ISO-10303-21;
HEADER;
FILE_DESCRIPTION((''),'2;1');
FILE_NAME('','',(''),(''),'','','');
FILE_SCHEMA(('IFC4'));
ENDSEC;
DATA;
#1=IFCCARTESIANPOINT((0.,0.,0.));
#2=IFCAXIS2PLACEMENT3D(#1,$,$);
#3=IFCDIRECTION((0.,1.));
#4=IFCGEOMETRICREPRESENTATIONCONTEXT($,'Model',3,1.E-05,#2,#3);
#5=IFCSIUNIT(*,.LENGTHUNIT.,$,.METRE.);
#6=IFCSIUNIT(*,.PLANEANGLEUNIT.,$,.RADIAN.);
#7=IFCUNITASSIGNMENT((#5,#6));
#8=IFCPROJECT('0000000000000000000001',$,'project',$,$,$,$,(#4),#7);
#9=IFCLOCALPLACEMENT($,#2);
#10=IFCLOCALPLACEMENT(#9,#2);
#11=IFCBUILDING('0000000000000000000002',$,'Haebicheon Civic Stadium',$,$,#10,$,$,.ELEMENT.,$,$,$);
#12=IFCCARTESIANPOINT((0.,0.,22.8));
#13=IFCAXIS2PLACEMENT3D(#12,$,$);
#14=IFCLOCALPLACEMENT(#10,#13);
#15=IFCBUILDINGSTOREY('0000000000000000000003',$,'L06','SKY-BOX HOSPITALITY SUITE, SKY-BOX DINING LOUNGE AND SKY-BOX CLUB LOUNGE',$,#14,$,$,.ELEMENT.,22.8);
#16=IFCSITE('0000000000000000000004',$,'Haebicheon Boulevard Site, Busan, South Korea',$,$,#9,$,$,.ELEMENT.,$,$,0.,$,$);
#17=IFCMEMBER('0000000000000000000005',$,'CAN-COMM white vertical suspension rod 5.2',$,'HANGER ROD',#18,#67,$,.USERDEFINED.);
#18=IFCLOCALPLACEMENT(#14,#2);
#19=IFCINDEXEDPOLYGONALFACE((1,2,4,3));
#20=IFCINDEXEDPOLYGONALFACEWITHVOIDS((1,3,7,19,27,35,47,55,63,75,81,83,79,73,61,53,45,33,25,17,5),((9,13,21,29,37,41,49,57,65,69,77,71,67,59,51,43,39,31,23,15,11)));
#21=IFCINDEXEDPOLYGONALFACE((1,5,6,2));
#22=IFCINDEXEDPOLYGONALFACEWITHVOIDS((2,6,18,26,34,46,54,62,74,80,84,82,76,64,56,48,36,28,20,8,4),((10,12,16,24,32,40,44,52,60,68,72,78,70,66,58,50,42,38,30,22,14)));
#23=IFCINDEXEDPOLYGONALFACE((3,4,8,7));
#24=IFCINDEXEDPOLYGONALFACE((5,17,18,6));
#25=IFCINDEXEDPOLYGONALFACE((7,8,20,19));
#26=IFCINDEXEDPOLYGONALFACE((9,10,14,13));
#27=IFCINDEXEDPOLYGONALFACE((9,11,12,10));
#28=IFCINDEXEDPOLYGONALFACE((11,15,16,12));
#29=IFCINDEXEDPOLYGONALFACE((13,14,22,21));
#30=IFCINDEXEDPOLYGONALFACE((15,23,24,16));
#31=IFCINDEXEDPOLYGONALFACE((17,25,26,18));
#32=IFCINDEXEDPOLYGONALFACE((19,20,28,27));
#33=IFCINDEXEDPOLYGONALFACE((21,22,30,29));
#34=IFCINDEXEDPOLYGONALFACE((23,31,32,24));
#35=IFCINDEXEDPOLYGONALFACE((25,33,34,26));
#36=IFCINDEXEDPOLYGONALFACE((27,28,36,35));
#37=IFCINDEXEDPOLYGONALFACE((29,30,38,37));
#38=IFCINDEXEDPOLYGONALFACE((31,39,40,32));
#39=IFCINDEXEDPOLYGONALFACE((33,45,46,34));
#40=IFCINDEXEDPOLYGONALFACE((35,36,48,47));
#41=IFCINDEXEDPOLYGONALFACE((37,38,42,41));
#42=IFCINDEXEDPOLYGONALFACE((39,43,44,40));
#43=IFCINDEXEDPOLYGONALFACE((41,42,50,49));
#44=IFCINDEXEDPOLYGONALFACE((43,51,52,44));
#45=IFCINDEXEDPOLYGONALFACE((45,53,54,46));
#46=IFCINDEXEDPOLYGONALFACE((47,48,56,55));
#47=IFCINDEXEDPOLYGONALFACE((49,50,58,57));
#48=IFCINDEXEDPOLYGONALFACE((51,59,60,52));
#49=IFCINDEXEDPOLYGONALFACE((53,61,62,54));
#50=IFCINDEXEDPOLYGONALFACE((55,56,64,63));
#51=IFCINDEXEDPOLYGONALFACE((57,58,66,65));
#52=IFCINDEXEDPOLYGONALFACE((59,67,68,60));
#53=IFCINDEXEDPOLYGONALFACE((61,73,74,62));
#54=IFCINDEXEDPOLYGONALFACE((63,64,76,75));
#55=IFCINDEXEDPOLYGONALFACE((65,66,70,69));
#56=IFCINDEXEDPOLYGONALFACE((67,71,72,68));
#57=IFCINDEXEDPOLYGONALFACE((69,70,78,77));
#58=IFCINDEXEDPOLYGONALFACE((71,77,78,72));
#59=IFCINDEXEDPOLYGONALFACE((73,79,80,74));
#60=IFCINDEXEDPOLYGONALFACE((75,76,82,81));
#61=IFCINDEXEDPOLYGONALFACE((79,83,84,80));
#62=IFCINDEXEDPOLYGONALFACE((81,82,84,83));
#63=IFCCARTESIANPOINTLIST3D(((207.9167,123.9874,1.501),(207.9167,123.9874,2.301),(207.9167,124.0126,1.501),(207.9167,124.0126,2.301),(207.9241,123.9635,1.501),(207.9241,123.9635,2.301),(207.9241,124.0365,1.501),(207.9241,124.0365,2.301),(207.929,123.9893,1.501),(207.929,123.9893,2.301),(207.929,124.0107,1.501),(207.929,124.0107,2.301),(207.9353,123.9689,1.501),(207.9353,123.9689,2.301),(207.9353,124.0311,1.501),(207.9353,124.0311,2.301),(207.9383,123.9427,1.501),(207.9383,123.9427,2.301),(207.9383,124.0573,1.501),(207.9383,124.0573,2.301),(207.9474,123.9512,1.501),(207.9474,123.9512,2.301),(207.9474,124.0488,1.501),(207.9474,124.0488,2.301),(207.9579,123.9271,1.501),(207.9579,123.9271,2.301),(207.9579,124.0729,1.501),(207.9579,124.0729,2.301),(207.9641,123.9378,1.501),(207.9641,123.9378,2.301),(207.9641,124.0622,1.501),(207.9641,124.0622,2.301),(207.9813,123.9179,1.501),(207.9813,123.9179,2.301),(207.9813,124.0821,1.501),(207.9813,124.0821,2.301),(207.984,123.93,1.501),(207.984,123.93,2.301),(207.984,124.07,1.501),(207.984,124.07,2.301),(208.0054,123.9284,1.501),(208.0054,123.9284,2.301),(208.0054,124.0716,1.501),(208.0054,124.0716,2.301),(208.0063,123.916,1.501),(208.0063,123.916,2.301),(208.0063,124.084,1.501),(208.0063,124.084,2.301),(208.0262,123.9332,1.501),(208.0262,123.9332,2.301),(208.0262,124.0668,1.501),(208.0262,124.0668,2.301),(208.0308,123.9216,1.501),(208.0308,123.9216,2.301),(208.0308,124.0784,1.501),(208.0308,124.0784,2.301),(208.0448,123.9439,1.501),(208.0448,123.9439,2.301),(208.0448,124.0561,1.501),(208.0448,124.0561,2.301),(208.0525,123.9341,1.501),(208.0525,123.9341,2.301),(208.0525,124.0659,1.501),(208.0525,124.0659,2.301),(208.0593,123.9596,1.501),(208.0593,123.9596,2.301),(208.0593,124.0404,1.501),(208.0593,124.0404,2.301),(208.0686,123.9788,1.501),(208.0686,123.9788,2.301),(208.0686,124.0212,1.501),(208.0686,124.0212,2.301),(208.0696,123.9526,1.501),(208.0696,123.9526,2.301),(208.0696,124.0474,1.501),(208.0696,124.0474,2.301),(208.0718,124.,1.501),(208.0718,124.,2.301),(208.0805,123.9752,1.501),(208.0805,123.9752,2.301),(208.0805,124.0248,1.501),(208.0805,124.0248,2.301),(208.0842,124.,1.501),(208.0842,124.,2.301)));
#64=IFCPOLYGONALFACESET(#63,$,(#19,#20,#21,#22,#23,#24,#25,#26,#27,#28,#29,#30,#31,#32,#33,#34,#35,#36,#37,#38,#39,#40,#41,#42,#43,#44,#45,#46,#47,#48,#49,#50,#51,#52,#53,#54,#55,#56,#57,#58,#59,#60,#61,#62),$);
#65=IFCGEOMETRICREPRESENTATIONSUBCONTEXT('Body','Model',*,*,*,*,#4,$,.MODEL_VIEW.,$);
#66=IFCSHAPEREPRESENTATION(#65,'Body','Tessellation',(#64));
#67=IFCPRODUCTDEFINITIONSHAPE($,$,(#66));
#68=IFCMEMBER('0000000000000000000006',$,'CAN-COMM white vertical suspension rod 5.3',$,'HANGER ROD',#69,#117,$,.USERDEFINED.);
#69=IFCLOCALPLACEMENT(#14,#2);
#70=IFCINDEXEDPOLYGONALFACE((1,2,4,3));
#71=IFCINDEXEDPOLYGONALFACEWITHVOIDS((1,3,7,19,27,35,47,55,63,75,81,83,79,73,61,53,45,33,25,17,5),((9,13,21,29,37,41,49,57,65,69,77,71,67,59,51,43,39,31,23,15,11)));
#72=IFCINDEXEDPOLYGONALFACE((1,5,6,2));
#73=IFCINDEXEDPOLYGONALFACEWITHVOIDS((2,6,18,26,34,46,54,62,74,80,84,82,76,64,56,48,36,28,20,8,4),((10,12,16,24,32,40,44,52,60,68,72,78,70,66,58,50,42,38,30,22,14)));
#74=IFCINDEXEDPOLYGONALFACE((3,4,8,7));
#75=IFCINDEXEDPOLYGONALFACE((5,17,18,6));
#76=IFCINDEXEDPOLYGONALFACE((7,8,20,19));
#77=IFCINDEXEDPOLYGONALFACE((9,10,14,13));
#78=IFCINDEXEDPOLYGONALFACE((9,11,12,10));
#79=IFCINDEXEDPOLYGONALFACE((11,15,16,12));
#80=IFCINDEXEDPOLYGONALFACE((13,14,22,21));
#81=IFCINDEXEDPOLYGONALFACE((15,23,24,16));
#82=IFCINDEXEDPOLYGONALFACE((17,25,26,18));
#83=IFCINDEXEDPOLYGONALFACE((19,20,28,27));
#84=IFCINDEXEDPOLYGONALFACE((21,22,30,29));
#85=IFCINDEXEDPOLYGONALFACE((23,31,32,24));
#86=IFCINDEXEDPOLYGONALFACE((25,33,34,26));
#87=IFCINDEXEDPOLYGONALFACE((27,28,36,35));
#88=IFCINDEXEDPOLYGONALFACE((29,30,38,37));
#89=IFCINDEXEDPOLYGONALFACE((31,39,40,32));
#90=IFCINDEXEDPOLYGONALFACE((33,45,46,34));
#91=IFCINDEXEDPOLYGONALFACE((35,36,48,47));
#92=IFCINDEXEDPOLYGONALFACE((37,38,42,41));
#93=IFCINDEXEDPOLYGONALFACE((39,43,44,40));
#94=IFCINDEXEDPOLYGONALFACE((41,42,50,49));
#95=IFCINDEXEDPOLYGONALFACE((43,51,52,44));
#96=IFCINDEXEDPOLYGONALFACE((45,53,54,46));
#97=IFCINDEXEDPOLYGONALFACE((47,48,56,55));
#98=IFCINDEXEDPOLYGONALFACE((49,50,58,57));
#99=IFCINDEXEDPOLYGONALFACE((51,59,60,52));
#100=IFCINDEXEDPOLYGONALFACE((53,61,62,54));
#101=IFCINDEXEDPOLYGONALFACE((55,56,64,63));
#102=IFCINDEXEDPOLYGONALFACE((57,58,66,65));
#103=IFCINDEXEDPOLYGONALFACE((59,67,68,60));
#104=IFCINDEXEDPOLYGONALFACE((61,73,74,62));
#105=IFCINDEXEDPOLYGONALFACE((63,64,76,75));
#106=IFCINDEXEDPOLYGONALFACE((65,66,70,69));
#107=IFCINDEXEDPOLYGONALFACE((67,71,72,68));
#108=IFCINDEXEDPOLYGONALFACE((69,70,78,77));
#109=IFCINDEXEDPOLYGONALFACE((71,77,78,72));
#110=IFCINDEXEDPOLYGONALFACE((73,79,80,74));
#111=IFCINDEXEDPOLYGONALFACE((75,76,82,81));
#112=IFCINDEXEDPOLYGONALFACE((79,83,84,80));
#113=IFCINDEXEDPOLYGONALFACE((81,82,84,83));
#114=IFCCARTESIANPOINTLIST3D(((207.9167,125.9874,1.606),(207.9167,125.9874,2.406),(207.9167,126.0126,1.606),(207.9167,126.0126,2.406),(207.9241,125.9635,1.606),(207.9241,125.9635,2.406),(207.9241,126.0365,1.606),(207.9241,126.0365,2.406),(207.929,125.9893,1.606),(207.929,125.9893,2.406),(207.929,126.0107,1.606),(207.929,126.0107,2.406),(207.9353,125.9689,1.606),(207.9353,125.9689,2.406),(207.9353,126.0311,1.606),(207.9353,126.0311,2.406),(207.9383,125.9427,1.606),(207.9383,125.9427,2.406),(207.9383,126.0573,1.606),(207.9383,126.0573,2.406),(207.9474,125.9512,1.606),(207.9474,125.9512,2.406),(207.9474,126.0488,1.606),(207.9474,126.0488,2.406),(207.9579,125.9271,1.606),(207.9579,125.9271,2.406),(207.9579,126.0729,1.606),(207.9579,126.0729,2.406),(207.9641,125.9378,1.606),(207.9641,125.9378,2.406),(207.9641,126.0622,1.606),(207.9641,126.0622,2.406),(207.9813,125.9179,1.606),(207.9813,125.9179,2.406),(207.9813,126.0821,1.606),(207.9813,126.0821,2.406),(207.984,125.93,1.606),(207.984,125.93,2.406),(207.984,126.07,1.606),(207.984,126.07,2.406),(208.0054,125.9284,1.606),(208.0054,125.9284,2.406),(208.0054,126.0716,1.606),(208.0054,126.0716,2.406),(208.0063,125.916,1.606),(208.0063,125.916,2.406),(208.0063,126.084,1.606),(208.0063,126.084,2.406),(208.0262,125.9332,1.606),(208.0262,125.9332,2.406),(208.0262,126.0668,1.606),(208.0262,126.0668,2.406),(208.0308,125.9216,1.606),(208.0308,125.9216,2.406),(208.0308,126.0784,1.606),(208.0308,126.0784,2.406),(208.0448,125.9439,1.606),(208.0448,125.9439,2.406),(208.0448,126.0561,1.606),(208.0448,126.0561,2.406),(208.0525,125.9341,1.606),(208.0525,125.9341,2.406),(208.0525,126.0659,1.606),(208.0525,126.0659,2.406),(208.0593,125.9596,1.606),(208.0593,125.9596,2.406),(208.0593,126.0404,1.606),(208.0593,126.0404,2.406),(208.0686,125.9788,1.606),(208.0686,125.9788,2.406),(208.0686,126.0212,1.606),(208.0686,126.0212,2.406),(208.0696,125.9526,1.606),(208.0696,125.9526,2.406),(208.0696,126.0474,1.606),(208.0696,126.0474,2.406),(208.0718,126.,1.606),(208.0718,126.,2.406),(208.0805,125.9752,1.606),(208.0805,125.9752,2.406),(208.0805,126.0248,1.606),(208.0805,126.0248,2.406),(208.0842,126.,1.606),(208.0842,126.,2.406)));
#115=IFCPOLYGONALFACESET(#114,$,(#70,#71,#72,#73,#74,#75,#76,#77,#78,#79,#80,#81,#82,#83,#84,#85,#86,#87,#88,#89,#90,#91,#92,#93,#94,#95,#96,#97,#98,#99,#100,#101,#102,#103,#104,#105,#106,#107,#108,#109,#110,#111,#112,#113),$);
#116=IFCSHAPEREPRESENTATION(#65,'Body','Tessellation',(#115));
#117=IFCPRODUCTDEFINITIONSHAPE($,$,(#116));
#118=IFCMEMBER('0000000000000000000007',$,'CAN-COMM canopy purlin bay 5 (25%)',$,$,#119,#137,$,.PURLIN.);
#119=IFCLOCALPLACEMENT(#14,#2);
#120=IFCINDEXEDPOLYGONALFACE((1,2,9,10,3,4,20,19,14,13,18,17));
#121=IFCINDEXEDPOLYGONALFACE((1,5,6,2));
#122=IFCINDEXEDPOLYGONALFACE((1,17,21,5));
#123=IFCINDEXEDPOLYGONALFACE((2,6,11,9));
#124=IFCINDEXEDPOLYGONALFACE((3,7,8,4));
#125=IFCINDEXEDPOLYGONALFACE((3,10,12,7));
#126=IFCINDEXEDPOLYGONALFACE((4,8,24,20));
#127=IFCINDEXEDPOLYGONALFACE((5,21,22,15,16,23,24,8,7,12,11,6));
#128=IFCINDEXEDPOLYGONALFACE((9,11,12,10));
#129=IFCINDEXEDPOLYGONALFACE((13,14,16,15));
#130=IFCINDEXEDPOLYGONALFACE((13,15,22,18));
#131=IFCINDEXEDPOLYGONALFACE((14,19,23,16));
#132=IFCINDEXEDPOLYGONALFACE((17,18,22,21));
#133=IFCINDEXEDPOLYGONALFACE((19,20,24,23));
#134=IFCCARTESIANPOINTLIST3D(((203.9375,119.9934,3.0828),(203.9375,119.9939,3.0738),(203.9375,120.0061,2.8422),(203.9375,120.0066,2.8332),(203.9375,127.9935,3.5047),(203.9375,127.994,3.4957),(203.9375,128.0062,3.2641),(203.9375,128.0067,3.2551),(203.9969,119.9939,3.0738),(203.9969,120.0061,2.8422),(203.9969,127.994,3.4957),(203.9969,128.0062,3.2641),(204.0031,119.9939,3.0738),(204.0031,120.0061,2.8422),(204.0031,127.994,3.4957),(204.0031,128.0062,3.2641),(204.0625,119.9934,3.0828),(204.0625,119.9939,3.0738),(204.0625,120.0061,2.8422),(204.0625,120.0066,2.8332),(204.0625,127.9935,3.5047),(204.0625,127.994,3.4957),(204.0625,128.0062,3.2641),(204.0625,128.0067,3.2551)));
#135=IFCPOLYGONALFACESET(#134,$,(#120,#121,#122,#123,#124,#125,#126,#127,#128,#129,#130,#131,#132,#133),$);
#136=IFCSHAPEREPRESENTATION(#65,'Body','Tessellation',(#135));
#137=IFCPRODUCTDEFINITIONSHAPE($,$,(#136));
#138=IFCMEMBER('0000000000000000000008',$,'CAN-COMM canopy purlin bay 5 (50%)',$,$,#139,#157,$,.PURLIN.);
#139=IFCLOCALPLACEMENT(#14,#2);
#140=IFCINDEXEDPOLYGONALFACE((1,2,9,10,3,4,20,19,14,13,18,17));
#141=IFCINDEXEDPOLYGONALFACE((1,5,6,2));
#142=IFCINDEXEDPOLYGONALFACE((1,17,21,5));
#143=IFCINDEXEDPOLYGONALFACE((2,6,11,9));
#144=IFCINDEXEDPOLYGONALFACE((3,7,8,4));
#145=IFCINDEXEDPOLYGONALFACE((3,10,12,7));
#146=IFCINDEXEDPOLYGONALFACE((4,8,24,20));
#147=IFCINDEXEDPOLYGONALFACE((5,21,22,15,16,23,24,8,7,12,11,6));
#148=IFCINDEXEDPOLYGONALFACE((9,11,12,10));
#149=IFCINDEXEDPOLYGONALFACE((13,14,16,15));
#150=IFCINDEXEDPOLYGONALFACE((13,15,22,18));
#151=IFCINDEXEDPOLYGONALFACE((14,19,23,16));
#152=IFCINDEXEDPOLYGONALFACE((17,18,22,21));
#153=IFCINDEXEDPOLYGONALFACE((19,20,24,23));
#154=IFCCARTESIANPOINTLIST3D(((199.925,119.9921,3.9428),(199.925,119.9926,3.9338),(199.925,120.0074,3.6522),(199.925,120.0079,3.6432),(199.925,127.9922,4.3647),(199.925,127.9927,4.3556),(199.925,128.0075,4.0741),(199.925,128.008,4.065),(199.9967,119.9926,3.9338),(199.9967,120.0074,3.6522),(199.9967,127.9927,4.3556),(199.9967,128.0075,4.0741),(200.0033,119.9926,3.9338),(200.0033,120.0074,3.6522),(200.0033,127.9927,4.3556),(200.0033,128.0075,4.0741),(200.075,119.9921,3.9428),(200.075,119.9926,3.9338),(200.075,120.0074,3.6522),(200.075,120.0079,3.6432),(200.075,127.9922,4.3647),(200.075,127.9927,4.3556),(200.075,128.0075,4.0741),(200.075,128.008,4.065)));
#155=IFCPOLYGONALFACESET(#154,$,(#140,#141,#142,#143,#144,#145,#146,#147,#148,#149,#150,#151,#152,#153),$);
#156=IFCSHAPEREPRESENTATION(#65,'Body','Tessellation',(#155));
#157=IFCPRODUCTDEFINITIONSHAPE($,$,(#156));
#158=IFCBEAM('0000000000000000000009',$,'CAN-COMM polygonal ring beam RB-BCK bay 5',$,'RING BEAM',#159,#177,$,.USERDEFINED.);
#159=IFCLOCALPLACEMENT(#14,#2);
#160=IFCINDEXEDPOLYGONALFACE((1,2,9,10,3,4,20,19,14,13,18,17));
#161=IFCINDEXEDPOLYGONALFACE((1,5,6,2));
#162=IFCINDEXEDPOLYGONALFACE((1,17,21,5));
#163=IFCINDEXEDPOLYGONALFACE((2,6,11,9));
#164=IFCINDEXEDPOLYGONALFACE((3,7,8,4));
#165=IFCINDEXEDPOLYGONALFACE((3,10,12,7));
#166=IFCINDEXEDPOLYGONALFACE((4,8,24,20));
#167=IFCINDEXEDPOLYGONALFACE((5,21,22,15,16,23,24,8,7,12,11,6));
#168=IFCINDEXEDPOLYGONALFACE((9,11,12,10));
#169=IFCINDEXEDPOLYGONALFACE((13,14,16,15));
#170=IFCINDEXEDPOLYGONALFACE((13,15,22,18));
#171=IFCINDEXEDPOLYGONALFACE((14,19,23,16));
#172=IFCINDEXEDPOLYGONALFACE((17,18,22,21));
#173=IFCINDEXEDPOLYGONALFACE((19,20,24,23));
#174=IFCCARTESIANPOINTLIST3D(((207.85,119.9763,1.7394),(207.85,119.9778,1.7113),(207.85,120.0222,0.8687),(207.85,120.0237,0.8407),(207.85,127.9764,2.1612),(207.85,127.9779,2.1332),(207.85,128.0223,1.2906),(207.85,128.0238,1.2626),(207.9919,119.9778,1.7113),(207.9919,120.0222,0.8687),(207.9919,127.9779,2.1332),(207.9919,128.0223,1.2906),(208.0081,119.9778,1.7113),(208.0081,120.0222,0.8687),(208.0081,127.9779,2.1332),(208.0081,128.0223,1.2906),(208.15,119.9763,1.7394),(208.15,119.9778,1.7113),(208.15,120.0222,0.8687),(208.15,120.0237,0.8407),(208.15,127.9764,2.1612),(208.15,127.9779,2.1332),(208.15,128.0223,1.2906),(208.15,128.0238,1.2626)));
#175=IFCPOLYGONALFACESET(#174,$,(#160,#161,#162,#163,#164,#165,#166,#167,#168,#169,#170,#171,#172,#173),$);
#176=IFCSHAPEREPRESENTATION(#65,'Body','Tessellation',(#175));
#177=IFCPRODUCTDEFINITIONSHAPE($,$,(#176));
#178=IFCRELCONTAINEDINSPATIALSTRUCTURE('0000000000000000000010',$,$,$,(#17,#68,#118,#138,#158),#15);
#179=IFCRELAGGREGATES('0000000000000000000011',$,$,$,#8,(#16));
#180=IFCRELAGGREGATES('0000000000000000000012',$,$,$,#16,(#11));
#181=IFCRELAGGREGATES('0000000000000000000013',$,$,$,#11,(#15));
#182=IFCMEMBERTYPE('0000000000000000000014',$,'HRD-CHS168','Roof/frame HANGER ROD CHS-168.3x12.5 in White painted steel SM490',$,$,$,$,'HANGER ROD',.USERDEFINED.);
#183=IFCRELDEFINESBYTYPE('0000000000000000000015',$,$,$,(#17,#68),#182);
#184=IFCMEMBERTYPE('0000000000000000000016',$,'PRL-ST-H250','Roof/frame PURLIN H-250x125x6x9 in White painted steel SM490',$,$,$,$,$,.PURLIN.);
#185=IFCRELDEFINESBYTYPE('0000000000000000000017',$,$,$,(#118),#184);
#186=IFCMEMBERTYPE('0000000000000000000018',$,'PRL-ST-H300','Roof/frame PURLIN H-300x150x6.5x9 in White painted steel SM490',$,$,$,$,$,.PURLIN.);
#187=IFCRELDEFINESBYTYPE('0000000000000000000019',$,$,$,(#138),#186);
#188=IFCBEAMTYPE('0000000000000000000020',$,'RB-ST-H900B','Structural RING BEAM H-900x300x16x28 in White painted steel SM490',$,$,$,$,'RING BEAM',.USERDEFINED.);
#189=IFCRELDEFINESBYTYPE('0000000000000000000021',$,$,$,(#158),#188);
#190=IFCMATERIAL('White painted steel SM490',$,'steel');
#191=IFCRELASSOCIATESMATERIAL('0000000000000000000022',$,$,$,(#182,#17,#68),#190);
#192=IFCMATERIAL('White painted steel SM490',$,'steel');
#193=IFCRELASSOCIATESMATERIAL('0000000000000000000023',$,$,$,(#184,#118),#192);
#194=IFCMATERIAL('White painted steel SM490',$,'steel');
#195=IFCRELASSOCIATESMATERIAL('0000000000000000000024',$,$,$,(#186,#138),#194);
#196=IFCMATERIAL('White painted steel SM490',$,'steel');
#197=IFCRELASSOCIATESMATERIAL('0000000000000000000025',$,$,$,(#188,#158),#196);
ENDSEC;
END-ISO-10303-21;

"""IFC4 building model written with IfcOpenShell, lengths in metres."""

from ifc_helpers import new_model, si_unit, direction, frame, origin, origin_2d, place, context, subcontext, project, spatial, hollow_circle, i_section, extrude, material, material_profile, profile_set, type_object, element, save


model = new_model("IFC4")

# Units and contexts
model_context = context("Model", 3, precision=1e-05, world=origin(), true_north=direction((0.0, 1.0)))
body_context = subcontext(model_context, "Body", "Model", "MODEL_VIEW")
ifc_project = project(units=[si_unit("LENGTHUNIT", "METRE"), si_unit("PLANEANGLEUNIT", "RADIAN")], contexts=[model_context])

# Site, building, storey
site_placement = place(None, origin())
site = spatial("IfcSite", under=ifc_project, at=site_placement, Name="Haebicheon Boulevard Site, Busan, South Korea", CompositionType="ELEMENT", RefElevation=0.0)
building_placement = place(site_placement, origin())
building = spatial("IfcBuilding", under=site, at=building_placement, Name="Haebicheon Civic Stadium", CompositionType="ELEMENT")
storey_placement = place(building_placement, frame((0.0, 0.0, 22.8)))
storey = spatial("IfcBuildingStorey", under=building, at=storey_placement, Name="L06", Description="SKY-BOX HOSPITALITY SUITE, SKY-BOX DINING LOUNGE AND SKY-BOX CLUB LOUNGE", CompositionType="ELEMENT", Elevation=22.8)

# Members
ifc_material_1 = material(Name="White painted steel SM490", Category="steel")
ifc_material_profile_1 = material_profile(ifc_material_1, hollow_circle(Radius=0.0842, WallThickness=0.0125, at=origin_2d()), Name="CHS-168.3x12.5")
ifc_profile_set_1 = profile_set([ifc_material_profile_1], Name="White painted steel SM490")
member_type_1 = type_object("IfcMemberType", Name="HRD-CHS168", Description="Roof/frame HANGER ROD CHS-168.3x12.5 in White painted steel SM490", ElementType="HANGER ROD", PredefinedType="USERDEFINED", material=ifc_profile_set_1)
for number, where, z_axis, x_axis, name in (
    (1, (208.0, 124.0, 1.501), (0.0, 0.0, 1.0), (1.0, 0.0, 0.0), "CAN-COMM white vertical suspension rod 5.2"),
    (2, (208.0, 126.0, 1.606), (0.0, 0.0, 1.0), (1.0, 0.0, 0.0), "CAN-COMM white vertical suspension rod 5.3"),
):
    element("IfcMember", number, at=place(storey_placement, frame(where, z_axis=z_axis, x_axis=x_axis)), inside=storey, type_object=member_type_1, material=ifc_profile_set_1, Name=name, ObjectType="HANGER ROD", PredefinedType="USERDEFINED", context=body_context, shape_type="SweptSolid", body=[
        extrude(hollow_circle(Radius=0.0842, WallThickness=0.0125, at=origin_2d()), origin(), (0.0, 0.0, 1.0), 0.8),
    ])
ifc_material_2 = material(Name="White painted steel SM490", Category="steel")
ifc_material_profile_2 = material_profile(ifc_material_2, i_section(OverallWidth=0.125, OverallDepth=0.25, WebThickness=0.0061, FlangeThickness=0.009, at=origin_2d()), Name="H-250x125x6x9")
ifc_profile_set_2 = profile_set([ifc_material_profile_2], Name="White painted steel SM490")
member_type_2 = type_object("IfcMemberType", Name="PRL-ST-H250", Description="Roof/frame PURLIN H-250x125x6x9 in White painted steel SM490", PredefinedType="PURLIN", material=ifc_profile_set_2)
member_1_placement = place(storey_placement, frame((204.0, 120.0, 2.958), z_axis=(0.0, 0.998612, 0.052661), x_axis=(-1.0, 0.0, 0.0)))
element("IfcMember", 3, at=member_1_placement, inside=storey, type_object=member_type_2, material=ifc_profile_set_2, Name="CAN-COMM canopy purlin bay 5 (25%)", PredefinedType="PURLIN", context=body_context, shape_type="SweptSolid", body=[
    extrude(i_section(OverallWidth=0.125, OverallDepth=0.25, WebThickness=0.0061, FlangeThickness=0.009, at=origin_2d()), origin(), (0.0, 0.0, 1.0), 8.0112),
])
ifc_material_3 = material(Name="White painted steel SM490", Category="steel")
ifc_material_profile_3 = material_profile(ifc_material_3, i_section(OverallWidth=0.1499, OverallDepth=0.3, WebThickness=0.0066, FlangeThickness=0.009, at=origin_2d()), Name="H-300x150x6.5x9")
ifc_profile_set_3 = profile_set([ifc_material_profile_3], Name="White painted steel SM490")
member_type_3 = type_object("IfcMemberType", Name="PRL-ST-H300", Description="Roof/frame PURLIN H-300x150x6.5x9 in White painted steel SM490", PredefinedType="PURLIN", material=ifc_profile_set_3)
member_2_placement = place(storey_placement, frame((200.0, 120.0, 3.793), z_axis=(0.0, 0.998612, 0.052661), x_axis=(-1.0, 0.0, 0.0)))
element("IfcMember", 4, at=member_2_placement, inside=storey, type_object=member_type_3, material=ifc_profile_set_3, Name="CAN-COMM canopy purlin bay 5 (50%)", PredefinedType="PURLIN", context=body_context, shape_type="SweptSolid", body=[
    extrude(i_section(OverallWidth=0.1499, OverallDepth=0.3, WebThickness=0.0066, FlangeThickness=0.009, at=origin_2d()), origin(), (0.0, 0.0, 1.0), 8.0112),
])

# Beam
ifc_material_4 = material(Name="White painted steel SM490", Category="steel")
ifc_material_profile_4 = material_profile(ifc_material_4, i_section(OverallWidth=0.3, OverallDepth=0.8999, WebThickness=0.0161, FlangeThickness=0.0281, at=origin_2d()), Name="H-900x300x16x28")
ifc_profile_set_4 = profile_set([ifc_material_profile_4], Name="White painted steel SM490")
beam_type_1 = type_object("IfcBeamType", Name="RB-ST-H900B", Description="Structural RING BEAM H-900x300x16x28 in White painted steel SM490", ElementType="RING BEAM", PredefinedType="USERDEFINED", material=ifc_profile_set_4)
beam_1_placement = place(storey_placement, frame((208.0, 120.0, 1.29), z_axis=(0.0, 0.998612, 0.052661), x_axis=(-1.0, 0.0, 0.0)))
element("IfcBeam", 5, at=beam_1_placement, inside=storey, type_object=beam_type_1, material=ifc_profile_set_4, Name="CAN-COMM polygonal ring beam RB-BCK bay 5", ObjectType="RING BEAM", PredefinedType="USERDEFINED", context=body_context, shape_type="SweptSolid", body=[
    extrude(i_section(OverallWidth=0.3, OverallDepth=0.8999, WebThickness=0.0161, FlangeThickness=0.0281, at=origin_2d()), origin(), (0.0, 0.0, 1.0), 8.0112),
])

save(model, "model.ifc")
